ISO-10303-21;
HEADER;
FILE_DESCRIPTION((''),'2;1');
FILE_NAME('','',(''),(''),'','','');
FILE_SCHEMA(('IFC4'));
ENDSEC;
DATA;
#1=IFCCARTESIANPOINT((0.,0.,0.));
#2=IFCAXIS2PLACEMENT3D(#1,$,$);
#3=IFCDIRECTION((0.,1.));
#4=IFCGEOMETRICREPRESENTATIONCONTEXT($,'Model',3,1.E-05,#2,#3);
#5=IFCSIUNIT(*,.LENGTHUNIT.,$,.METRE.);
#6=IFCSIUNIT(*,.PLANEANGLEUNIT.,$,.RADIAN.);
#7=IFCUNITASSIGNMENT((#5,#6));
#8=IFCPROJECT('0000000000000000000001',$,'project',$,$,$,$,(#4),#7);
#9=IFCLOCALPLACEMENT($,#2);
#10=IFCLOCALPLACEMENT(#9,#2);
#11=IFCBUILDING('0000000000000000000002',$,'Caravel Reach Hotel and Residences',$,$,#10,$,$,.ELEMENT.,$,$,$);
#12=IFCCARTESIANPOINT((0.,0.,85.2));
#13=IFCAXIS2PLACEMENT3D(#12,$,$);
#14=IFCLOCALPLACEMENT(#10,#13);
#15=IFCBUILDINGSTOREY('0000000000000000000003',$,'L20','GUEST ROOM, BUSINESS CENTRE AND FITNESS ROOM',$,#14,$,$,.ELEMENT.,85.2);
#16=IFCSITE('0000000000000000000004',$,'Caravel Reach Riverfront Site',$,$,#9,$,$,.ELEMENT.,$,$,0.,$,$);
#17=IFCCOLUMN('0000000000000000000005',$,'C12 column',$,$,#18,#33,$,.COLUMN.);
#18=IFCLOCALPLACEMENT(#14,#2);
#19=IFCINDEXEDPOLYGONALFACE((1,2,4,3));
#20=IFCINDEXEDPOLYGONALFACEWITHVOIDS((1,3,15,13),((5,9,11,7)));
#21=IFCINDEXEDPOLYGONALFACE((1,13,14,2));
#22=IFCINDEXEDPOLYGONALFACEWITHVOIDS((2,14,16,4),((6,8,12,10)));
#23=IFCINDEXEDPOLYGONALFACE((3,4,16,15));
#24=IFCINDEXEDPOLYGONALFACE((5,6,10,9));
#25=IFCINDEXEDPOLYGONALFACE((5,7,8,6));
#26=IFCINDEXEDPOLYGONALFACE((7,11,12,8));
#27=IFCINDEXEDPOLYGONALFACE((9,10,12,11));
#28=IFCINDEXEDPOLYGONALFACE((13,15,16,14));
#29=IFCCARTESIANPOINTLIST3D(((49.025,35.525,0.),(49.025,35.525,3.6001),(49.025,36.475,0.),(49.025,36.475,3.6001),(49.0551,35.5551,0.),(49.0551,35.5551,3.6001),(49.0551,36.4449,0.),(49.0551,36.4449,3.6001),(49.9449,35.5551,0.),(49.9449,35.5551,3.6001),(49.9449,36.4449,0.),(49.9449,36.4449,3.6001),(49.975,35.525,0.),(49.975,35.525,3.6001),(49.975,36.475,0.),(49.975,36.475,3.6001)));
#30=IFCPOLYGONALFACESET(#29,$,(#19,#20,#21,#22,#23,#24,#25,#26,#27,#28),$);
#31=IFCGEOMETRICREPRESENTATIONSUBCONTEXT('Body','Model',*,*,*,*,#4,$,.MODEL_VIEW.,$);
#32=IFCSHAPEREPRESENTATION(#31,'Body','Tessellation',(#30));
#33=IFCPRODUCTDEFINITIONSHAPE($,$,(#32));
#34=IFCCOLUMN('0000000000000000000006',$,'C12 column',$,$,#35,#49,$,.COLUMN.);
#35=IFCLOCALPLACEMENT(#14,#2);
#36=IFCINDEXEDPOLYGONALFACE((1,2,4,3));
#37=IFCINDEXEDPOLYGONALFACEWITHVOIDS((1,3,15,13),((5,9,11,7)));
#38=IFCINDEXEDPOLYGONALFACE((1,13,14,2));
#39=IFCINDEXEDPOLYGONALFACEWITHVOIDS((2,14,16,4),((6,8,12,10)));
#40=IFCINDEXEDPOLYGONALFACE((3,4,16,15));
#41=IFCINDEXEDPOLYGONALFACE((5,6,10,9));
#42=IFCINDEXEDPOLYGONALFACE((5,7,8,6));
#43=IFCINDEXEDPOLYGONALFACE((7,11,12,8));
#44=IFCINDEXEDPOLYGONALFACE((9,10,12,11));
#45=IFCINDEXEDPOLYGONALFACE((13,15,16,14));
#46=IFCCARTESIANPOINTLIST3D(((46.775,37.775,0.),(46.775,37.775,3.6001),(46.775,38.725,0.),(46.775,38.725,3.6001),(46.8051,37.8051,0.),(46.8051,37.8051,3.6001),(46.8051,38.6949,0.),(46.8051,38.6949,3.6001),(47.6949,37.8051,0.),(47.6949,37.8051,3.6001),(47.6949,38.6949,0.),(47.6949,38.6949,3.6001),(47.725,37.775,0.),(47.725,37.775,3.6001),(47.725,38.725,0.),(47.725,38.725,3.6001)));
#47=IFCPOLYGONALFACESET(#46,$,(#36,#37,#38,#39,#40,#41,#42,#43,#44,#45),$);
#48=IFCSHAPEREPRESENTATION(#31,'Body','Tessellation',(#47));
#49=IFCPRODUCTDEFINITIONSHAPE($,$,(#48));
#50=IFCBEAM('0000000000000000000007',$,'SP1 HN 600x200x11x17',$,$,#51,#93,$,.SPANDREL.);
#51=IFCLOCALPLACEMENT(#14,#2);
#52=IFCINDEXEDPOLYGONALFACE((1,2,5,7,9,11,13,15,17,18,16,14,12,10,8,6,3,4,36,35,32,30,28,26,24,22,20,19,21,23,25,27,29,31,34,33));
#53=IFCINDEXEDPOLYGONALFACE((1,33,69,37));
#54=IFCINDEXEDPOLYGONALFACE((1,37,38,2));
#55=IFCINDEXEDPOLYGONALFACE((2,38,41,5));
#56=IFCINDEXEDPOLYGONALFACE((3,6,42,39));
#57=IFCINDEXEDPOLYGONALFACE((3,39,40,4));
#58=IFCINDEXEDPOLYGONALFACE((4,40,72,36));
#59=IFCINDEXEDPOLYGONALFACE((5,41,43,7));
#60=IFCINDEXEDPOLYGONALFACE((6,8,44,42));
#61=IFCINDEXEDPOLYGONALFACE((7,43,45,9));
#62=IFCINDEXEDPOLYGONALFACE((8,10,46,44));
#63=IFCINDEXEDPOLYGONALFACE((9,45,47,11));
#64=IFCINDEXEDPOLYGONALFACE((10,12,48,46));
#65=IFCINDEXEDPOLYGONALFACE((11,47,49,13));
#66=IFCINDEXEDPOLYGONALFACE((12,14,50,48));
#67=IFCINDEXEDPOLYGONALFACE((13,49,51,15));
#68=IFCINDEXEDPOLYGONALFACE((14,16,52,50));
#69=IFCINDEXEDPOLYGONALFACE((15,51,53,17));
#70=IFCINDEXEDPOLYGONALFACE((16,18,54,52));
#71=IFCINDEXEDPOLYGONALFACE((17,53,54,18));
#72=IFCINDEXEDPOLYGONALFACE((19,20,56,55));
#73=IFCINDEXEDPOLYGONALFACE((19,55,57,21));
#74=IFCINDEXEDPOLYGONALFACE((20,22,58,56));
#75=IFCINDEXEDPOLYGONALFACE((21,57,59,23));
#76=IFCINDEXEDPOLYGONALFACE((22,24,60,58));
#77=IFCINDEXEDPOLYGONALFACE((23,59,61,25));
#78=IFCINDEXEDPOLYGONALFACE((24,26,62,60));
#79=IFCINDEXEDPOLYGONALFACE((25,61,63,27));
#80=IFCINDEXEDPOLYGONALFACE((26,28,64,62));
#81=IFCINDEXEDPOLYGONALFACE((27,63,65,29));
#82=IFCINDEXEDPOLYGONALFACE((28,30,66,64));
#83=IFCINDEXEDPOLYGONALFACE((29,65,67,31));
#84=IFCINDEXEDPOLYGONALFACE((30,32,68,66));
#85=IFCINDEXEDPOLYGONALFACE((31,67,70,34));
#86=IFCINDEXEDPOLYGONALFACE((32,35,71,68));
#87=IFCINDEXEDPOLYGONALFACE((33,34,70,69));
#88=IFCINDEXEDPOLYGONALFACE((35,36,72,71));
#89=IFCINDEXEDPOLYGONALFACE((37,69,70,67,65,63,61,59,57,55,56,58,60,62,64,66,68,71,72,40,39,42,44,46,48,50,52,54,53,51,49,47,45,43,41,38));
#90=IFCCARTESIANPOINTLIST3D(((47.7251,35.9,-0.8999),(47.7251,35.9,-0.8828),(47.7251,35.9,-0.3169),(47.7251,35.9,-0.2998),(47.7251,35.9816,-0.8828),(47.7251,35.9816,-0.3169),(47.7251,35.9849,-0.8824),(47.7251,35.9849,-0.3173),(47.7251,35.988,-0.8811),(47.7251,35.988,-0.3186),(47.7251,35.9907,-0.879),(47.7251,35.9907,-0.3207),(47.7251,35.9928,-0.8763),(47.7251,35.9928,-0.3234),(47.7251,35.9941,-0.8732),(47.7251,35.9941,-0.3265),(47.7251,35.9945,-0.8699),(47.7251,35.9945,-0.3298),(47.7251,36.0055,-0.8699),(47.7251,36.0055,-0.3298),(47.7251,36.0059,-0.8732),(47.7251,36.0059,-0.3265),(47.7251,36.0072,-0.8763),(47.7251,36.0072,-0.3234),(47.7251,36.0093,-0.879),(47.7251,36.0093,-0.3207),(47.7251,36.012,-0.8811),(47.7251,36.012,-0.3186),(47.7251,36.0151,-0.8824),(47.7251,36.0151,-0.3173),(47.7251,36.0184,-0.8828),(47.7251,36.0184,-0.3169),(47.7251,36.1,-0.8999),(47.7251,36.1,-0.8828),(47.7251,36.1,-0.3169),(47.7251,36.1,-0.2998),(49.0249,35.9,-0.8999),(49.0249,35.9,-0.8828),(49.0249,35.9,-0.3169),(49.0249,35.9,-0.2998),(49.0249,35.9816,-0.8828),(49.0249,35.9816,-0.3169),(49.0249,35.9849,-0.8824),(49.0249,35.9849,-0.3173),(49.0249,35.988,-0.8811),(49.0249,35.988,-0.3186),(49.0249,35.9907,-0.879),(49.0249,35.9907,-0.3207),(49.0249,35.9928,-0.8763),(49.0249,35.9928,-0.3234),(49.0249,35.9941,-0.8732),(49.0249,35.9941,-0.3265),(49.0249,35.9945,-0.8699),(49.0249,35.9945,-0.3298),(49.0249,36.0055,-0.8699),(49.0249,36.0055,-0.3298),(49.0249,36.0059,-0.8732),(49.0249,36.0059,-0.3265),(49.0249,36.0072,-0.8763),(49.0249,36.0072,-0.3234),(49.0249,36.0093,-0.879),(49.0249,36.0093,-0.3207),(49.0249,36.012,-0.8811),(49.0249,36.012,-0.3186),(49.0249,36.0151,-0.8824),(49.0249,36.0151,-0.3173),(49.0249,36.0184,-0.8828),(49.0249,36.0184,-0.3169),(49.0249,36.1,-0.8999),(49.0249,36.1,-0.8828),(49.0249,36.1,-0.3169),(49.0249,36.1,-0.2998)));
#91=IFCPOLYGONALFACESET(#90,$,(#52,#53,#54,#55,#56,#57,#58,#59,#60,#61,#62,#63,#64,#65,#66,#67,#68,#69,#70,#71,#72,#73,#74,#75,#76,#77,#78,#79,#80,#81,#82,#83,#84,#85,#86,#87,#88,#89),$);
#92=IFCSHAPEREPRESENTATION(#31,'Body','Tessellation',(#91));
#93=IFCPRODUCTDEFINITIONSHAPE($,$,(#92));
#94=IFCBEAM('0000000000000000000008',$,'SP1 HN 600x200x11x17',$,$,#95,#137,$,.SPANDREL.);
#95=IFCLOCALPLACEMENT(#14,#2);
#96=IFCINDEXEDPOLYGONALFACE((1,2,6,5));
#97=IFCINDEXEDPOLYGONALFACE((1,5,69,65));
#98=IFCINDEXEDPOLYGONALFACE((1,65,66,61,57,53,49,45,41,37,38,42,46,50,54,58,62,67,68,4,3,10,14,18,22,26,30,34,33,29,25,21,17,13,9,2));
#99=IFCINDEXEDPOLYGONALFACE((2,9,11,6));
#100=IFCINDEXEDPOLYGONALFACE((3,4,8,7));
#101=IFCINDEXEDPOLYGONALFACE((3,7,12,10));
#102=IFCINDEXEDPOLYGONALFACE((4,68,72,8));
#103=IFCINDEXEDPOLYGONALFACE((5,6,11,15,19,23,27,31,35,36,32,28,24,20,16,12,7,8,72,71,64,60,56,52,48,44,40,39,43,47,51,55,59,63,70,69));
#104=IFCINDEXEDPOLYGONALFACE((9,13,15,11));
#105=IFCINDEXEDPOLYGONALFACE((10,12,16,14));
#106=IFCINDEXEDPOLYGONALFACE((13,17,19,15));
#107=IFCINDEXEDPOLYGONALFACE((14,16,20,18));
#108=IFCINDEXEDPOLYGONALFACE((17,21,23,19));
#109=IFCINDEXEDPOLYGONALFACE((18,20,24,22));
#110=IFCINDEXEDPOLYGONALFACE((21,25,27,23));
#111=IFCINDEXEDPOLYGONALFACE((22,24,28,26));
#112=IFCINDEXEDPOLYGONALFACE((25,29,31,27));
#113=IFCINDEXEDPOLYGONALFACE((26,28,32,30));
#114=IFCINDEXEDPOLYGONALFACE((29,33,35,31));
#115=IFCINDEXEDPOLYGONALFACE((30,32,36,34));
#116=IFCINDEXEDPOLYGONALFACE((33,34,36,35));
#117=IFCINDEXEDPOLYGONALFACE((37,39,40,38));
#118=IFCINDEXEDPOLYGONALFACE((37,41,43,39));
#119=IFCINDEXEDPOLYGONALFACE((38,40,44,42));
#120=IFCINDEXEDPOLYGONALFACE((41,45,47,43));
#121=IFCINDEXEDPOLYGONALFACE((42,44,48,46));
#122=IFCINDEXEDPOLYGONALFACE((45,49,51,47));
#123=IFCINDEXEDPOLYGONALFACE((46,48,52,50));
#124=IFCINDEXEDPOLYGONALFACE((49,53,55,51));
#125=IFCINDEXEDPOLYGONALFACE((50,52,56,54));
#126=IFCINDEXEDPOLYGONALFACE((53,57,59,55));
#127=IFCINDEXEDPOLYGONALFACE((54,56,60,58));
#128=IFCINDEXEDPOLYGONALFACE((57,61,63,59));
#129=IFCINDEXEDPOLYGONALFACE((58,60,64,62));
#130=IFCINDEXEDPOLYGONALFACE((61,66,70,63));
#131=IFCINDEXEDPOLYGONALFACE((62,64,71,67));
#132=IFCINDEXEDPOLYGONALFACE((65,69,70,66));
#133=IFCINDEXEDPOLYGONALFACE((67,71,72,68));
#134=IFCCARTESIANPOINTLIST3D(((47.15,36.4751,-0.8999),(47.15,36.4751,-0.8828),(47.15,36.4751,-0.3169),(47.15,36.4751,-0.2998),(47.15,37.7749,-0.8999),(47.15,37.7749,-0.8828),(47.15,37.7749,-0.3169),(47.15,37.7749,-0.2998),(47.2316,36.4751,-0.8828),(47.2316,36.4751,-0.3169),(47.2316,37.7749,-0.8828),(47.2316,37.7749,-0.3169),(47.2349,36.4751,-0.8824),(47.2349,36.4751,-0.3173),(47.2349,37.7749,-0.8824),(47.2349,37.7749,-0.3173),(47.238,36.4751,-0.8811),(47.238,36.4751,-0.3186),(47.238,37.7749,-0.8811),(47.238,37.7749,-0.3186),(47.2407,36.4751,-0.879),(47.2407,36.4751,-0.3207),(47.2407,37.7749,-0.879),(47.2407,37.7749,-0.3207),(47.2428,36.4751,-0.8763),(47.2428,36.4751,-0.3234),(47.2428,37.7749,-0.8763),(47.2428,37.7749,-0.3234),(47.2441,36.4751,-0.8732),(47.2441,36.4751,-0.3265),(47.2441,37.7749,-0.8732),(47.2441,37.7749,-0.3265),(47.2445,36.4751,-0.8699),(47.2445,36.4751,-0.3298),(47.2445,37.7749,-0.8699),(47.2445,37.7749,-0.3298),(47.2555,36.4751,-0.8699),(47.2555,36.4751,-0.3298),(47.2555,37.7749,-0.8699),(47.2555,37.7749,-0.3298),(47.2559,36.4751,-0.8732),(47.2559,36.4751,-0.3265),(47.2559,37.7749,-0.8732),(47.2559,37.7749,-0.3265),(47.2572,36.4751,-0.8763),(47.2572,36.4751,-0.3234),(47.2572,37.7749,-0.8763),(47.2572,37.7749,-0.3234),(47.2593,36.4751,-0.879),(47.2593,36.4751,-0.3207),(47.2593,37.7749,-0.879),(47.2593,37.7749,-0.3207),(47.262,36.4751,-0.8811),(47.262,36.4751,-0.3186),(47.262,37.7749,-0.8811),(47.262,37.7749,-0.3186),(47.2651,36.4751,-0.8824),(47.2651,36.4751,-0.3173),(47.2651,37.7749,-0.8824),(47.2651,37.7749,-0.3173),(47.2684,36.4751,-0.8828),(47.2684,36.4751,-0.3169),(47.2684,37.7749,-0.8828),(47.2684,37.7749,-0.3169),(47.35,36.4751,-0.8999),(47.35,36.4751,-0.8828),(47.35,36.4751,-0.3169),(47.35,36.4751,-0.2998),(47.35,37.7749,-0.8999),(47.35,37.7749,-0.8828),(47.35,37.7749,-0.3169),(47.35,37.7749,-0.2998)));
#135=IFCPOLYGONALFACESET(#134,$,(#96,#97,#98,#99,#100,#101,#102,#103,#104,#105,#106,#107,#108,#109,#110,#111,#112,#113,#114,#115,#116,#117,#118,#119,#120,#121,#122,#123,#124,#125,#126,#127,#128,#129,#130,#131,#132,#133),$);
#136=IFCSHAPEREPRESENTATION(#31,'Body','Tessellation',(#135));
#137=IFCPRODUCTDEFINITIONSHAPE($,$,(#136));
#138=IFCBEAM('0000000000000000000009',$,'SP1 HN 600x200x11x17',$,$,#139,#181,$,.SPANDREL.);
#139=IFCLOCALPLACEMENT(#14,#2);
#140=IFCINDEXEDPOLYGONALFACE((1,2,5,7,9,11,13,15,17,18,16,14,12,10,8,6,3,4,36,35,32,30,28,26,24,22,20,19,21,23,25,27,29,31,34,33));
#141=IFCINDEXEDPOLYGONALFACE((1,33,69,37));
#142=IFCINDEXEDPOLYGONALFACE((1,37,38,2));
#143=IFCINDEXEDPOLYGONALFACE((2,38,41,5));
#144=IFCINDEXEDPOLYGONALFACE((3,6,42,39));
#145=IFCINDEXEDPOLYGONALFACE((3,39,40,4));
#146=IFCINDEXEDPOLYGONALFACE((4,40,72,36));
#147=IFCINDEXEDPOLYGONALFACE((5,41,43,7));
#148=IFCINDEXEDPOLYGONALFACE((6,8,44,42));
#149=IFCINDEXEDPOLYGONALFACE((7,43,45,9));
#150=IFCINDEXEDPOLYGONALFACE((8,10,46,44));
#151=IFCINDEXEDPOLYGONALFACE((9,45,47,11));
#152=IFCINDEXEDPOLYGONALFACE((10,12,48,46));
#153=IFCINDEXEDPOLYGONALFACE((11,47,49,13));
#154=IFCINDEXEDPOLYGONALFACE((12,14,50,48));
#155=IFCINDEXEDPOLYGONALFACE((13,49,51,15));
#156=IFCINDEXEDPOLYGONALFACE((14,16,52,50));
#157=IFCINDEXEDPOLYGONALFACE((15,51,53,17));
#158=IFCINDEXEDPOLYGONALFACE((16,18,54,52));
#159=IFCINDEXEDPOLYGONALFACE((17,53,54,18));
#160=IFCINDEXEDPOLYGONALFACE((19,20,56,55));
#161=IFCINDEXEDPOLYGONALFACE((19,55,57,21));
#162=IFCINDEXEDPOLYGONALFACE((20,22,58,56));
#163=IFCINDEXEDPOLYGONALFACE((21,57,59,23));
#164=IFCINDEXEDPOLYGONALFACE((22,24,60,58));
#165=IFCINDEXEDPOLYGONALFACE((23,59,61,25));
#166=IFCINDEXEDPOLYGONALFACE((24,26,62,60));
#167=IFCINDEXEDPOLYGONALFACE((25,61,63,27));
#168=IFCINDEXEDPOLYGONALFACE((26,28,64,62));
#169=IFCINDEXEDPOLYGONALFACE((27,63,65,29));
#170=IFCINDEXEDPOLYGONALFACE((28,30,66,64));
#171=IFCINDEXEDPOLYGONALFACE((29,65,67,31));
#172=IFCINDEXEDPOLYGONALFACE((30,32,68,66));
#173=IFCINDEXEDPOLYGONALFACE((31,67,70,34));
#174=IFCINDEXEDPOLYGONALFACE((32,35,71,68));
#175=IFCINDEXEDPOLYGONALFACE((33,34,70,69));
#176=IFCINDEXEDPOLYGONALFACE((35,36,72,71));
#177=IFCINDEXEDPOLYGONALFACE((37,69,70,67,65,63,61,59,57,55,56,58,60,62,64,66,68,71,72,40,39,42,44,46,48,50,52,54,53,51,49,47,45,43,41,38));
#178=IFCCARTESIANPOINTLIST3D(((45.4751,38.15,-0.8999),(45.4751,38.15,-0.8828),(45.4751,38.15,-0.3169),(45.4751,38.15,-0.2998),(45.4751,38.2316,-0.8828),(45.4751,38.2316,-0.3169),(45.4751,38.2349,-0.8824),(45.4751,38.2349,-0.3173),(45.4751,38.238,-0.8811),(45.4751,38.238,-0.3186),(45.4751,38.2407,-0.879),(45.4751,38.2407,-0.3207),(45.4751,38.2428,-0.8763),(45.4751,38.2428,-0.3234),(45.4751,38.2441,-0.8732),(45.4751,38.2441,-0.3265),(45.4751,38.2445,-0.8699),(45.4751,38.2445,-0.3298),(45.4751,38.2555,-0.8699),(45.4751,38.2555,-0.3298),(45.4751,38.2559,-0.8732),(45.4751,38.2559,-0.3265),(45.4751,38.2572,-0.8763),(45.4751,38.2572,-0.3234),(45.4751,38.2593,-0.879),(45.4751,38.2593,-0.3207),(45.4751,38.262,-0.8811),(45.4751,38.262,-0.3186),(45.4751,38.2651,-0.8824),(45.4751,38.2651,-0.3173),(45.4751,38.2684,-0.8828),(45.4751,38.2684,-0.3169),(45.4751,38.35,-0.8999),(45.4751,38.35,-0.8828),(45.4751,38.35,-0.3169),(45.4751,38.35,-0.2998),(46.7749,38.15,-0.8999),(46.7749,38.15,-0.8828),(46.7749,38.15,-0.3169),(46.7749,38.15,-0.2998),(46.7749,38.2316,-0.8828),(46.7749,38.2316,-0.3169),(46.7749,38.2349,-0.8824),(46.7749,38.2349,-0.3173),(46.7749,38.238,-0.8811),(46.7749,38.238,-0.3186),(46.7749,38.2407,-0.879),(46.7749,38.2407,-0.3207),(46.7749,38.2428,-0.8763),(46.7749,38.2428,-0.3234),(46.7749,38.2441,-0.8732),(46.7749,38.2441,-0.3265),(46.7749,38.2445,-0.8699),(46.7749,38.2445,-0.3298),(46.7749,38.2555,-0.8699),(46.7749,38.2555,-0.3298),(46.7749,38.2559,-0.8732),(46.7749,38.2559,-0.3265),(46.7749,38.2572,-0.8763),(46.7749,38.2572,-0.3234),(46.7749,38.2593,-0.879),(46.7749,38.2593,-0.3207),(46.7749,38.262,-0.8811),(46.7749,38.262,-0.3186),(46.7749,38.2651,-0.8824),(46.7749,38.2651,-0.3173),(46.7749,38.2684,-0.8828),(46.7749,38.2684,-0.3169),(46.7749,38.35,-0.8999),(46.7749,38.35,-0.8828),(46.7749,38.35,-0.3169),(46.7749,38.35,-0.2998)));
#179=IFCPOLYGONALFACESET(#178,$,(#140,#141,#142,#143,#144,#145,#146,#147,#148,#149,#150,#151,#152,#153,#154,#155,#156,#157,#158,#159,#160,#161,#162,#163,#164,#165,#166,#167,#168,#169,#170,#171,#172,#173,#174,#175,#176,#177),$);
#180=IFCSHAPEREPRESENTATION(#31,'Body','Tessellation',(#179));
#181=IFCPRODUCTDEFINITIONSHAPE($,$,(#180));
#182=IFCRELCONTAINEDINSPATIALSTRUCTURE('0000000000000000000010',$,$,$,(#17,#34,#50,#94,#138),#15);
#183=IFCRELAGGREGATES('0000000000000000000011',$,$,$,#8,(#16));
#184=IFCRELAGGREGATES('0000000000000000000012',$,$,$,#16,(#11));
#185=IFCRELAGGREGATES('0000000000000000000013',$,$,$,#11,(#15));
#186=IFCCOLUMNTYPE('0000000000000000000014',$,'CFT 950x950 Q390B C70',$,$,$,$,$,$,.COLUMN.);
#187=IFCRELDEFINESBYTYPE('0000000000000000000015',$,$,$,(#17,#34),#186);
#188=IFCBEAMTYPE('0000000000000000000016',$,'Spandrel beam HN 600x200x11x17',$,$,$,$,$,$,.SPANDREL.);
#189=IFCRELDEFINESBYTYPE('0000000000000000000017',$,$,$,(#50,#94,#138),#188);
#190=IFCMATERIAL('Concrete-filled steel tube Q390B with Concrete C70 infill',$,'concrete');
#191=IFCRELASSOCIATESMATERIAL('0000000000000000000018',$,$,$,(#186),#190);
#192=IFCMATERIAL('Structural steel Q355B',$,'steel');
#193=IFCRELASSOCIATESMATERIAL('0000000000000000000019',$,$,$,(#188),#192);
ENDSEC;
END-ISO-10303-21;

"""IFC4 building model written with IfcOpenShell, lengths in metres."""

from ifc_helpers import new_model, si_unit, direction, frame, origin, origin_2d, place, context, subcontext, project, spatial, hollow_rectangle, i_section, extrude, material, material_profile, profile_set, type_object, element, save


model = new_model("IFC4")

# Units and contexts
model_context = context("Model", 3, precision=1e-05, world=origin(), true_north=direction((0.0, 1.0)))
body_context = subcontext(model_context, "Body", "Model", "MODEL_VIEW")
ifc_project = project(units=[si_unit("LENGTHUNIT", "METRE"), si_unit("PLANEANGLEUNIT", "RADIAN")], contexts=[model_context])

# Site, building, storey
site_placement = place(None, origin())
site = spatial("IfcSite", under=ifc_project, at=site_placement, Name="Caravel Reach Riverfront Site", CompositionType="ELEMENT", RefElevation=0.0)
building_placement = place(site_placement, origin())
building = spatial("IfcBuilding", under=site, at=building_placement, Name="Caravel Reach Hotel and Residences", CompositionType="ELEMENT")
storey_placement = place(building_placement, frame((0.0, 0.0, 85.2)))
storey = spatial("IfcBuildingStorey", under=building, at=storey_placement, Name="L20", Description="GUEST ROOM, BUSINESS CENTRE AND FITNESS ROOM", CompositionType="ELEMENT", Elevation=85.2)

# Columns
ifc_material_1 = material(Name="Concrete-filled steel tube Q390B with Concrete C70 infill", Category="concrete")
ifc_material_profile_1 = material_profile(ifc_material_1, hollow_rectangle(XDim=0.95, YDim=0.95, WallThickness=0.03, at=origin_2d()), Name="RHS 950x950x30")
ifc_profile_set_1 = profile_set([ifc_material_profile_1], Name="Concrete-filled steel tube Q390B with Concrete C70 infill")
column_type = type_object("IfcColumnType", Name="CFT 950x950 Q390B C70", PredefinedType="COLUMN", material=ifc_profile_set_1)
for number, where, z_axis, x_axis, name in (
    (1, (49.5, 36.0, 0.0), (0.0, 0.0, 1.0), (1.0, 0.0, 0.0), "C12 column"),
    (2, (47.25, 38.25, 0.0), (0.0, 0.0, 1.0), (1.0, 0.0, 0.0), "C12 column"),
):
    element("IfcColumn", number, at=place(storey_placement, frame(where, z_axis=z_axis, x_axis=x_axis)), inside=storey, type_object=column_type, Name=name, PredefinedType="COLUMN", context=body_context, shape_type="SweptSolid", body=[
        extrude(hollow_rectangle(XDim=0.95, YDim=0.95, WallThickness=0.03, at=origin_2d()), origin(), (0.0, 0.0, 1.0), 3.6001),
    ])

# Beams
ifc_material_2 = material(Name="Structural steel Q355B", Category="steel")
ifc_material_profile_2 = material_profile(ifc_material_2, i_section(OverallWidth=0.2, OverallDepth=0.6001, WebThickness=0.011, FlangeThickness=0.0171, FilletRadius=0.0129, at=origin_2d()), Name="HN 600x200x11x17")
ifc_profile_set_2 = profile_set([ifc_material_profile_2], Name="Structural steel Q355B")
beam_type = type_object("IfcBeamType", Name="Spandrel beam HN 600x200x11x17", PredefinedType="SPANDREL", material=ifc_profile_set_2)
for number, where, z_axis, x_axis, name in (
    (3, (49.0249, 36.0, -0.5999), (-1.0, 0.0, 0.0), (0.0, -1.0, 0.0), "SP1 HN 600x200x11x17"),
    (4, (47.25, 36.4751, -0.5999), (0.0, 1.0, 0.0), (-1.0, 0.0, 0.0), "SP1 HN 600x200x11x17"),
    (5, (46.7749, 38.25, -0.5999), (-1.0, 0.0, 0.0), (0.0, -1.0, 0.0), "SP1 HN 600x200x11x17"),
):
    element("IfcBeam", number, at=place(storey_placement, frame(where, z_axis=z_axis, x_axis=x_axis)), inside=storey, type_object=beam_type, Name=name, PredefinedType="SPANDREL", context=body_context, shape_type="SweptSolid", body=[
        extrude(i_section(OverallWidth=0.2, OverallDepth=0.6001, WebThickness=0.011, FlangeThickness=0.0171, FilletRadius=0.0129, at=origin_2d()), origin(), (0.0, 0.0, 1.0), 1.2998),
    ])

save(model, "model.ifc")
